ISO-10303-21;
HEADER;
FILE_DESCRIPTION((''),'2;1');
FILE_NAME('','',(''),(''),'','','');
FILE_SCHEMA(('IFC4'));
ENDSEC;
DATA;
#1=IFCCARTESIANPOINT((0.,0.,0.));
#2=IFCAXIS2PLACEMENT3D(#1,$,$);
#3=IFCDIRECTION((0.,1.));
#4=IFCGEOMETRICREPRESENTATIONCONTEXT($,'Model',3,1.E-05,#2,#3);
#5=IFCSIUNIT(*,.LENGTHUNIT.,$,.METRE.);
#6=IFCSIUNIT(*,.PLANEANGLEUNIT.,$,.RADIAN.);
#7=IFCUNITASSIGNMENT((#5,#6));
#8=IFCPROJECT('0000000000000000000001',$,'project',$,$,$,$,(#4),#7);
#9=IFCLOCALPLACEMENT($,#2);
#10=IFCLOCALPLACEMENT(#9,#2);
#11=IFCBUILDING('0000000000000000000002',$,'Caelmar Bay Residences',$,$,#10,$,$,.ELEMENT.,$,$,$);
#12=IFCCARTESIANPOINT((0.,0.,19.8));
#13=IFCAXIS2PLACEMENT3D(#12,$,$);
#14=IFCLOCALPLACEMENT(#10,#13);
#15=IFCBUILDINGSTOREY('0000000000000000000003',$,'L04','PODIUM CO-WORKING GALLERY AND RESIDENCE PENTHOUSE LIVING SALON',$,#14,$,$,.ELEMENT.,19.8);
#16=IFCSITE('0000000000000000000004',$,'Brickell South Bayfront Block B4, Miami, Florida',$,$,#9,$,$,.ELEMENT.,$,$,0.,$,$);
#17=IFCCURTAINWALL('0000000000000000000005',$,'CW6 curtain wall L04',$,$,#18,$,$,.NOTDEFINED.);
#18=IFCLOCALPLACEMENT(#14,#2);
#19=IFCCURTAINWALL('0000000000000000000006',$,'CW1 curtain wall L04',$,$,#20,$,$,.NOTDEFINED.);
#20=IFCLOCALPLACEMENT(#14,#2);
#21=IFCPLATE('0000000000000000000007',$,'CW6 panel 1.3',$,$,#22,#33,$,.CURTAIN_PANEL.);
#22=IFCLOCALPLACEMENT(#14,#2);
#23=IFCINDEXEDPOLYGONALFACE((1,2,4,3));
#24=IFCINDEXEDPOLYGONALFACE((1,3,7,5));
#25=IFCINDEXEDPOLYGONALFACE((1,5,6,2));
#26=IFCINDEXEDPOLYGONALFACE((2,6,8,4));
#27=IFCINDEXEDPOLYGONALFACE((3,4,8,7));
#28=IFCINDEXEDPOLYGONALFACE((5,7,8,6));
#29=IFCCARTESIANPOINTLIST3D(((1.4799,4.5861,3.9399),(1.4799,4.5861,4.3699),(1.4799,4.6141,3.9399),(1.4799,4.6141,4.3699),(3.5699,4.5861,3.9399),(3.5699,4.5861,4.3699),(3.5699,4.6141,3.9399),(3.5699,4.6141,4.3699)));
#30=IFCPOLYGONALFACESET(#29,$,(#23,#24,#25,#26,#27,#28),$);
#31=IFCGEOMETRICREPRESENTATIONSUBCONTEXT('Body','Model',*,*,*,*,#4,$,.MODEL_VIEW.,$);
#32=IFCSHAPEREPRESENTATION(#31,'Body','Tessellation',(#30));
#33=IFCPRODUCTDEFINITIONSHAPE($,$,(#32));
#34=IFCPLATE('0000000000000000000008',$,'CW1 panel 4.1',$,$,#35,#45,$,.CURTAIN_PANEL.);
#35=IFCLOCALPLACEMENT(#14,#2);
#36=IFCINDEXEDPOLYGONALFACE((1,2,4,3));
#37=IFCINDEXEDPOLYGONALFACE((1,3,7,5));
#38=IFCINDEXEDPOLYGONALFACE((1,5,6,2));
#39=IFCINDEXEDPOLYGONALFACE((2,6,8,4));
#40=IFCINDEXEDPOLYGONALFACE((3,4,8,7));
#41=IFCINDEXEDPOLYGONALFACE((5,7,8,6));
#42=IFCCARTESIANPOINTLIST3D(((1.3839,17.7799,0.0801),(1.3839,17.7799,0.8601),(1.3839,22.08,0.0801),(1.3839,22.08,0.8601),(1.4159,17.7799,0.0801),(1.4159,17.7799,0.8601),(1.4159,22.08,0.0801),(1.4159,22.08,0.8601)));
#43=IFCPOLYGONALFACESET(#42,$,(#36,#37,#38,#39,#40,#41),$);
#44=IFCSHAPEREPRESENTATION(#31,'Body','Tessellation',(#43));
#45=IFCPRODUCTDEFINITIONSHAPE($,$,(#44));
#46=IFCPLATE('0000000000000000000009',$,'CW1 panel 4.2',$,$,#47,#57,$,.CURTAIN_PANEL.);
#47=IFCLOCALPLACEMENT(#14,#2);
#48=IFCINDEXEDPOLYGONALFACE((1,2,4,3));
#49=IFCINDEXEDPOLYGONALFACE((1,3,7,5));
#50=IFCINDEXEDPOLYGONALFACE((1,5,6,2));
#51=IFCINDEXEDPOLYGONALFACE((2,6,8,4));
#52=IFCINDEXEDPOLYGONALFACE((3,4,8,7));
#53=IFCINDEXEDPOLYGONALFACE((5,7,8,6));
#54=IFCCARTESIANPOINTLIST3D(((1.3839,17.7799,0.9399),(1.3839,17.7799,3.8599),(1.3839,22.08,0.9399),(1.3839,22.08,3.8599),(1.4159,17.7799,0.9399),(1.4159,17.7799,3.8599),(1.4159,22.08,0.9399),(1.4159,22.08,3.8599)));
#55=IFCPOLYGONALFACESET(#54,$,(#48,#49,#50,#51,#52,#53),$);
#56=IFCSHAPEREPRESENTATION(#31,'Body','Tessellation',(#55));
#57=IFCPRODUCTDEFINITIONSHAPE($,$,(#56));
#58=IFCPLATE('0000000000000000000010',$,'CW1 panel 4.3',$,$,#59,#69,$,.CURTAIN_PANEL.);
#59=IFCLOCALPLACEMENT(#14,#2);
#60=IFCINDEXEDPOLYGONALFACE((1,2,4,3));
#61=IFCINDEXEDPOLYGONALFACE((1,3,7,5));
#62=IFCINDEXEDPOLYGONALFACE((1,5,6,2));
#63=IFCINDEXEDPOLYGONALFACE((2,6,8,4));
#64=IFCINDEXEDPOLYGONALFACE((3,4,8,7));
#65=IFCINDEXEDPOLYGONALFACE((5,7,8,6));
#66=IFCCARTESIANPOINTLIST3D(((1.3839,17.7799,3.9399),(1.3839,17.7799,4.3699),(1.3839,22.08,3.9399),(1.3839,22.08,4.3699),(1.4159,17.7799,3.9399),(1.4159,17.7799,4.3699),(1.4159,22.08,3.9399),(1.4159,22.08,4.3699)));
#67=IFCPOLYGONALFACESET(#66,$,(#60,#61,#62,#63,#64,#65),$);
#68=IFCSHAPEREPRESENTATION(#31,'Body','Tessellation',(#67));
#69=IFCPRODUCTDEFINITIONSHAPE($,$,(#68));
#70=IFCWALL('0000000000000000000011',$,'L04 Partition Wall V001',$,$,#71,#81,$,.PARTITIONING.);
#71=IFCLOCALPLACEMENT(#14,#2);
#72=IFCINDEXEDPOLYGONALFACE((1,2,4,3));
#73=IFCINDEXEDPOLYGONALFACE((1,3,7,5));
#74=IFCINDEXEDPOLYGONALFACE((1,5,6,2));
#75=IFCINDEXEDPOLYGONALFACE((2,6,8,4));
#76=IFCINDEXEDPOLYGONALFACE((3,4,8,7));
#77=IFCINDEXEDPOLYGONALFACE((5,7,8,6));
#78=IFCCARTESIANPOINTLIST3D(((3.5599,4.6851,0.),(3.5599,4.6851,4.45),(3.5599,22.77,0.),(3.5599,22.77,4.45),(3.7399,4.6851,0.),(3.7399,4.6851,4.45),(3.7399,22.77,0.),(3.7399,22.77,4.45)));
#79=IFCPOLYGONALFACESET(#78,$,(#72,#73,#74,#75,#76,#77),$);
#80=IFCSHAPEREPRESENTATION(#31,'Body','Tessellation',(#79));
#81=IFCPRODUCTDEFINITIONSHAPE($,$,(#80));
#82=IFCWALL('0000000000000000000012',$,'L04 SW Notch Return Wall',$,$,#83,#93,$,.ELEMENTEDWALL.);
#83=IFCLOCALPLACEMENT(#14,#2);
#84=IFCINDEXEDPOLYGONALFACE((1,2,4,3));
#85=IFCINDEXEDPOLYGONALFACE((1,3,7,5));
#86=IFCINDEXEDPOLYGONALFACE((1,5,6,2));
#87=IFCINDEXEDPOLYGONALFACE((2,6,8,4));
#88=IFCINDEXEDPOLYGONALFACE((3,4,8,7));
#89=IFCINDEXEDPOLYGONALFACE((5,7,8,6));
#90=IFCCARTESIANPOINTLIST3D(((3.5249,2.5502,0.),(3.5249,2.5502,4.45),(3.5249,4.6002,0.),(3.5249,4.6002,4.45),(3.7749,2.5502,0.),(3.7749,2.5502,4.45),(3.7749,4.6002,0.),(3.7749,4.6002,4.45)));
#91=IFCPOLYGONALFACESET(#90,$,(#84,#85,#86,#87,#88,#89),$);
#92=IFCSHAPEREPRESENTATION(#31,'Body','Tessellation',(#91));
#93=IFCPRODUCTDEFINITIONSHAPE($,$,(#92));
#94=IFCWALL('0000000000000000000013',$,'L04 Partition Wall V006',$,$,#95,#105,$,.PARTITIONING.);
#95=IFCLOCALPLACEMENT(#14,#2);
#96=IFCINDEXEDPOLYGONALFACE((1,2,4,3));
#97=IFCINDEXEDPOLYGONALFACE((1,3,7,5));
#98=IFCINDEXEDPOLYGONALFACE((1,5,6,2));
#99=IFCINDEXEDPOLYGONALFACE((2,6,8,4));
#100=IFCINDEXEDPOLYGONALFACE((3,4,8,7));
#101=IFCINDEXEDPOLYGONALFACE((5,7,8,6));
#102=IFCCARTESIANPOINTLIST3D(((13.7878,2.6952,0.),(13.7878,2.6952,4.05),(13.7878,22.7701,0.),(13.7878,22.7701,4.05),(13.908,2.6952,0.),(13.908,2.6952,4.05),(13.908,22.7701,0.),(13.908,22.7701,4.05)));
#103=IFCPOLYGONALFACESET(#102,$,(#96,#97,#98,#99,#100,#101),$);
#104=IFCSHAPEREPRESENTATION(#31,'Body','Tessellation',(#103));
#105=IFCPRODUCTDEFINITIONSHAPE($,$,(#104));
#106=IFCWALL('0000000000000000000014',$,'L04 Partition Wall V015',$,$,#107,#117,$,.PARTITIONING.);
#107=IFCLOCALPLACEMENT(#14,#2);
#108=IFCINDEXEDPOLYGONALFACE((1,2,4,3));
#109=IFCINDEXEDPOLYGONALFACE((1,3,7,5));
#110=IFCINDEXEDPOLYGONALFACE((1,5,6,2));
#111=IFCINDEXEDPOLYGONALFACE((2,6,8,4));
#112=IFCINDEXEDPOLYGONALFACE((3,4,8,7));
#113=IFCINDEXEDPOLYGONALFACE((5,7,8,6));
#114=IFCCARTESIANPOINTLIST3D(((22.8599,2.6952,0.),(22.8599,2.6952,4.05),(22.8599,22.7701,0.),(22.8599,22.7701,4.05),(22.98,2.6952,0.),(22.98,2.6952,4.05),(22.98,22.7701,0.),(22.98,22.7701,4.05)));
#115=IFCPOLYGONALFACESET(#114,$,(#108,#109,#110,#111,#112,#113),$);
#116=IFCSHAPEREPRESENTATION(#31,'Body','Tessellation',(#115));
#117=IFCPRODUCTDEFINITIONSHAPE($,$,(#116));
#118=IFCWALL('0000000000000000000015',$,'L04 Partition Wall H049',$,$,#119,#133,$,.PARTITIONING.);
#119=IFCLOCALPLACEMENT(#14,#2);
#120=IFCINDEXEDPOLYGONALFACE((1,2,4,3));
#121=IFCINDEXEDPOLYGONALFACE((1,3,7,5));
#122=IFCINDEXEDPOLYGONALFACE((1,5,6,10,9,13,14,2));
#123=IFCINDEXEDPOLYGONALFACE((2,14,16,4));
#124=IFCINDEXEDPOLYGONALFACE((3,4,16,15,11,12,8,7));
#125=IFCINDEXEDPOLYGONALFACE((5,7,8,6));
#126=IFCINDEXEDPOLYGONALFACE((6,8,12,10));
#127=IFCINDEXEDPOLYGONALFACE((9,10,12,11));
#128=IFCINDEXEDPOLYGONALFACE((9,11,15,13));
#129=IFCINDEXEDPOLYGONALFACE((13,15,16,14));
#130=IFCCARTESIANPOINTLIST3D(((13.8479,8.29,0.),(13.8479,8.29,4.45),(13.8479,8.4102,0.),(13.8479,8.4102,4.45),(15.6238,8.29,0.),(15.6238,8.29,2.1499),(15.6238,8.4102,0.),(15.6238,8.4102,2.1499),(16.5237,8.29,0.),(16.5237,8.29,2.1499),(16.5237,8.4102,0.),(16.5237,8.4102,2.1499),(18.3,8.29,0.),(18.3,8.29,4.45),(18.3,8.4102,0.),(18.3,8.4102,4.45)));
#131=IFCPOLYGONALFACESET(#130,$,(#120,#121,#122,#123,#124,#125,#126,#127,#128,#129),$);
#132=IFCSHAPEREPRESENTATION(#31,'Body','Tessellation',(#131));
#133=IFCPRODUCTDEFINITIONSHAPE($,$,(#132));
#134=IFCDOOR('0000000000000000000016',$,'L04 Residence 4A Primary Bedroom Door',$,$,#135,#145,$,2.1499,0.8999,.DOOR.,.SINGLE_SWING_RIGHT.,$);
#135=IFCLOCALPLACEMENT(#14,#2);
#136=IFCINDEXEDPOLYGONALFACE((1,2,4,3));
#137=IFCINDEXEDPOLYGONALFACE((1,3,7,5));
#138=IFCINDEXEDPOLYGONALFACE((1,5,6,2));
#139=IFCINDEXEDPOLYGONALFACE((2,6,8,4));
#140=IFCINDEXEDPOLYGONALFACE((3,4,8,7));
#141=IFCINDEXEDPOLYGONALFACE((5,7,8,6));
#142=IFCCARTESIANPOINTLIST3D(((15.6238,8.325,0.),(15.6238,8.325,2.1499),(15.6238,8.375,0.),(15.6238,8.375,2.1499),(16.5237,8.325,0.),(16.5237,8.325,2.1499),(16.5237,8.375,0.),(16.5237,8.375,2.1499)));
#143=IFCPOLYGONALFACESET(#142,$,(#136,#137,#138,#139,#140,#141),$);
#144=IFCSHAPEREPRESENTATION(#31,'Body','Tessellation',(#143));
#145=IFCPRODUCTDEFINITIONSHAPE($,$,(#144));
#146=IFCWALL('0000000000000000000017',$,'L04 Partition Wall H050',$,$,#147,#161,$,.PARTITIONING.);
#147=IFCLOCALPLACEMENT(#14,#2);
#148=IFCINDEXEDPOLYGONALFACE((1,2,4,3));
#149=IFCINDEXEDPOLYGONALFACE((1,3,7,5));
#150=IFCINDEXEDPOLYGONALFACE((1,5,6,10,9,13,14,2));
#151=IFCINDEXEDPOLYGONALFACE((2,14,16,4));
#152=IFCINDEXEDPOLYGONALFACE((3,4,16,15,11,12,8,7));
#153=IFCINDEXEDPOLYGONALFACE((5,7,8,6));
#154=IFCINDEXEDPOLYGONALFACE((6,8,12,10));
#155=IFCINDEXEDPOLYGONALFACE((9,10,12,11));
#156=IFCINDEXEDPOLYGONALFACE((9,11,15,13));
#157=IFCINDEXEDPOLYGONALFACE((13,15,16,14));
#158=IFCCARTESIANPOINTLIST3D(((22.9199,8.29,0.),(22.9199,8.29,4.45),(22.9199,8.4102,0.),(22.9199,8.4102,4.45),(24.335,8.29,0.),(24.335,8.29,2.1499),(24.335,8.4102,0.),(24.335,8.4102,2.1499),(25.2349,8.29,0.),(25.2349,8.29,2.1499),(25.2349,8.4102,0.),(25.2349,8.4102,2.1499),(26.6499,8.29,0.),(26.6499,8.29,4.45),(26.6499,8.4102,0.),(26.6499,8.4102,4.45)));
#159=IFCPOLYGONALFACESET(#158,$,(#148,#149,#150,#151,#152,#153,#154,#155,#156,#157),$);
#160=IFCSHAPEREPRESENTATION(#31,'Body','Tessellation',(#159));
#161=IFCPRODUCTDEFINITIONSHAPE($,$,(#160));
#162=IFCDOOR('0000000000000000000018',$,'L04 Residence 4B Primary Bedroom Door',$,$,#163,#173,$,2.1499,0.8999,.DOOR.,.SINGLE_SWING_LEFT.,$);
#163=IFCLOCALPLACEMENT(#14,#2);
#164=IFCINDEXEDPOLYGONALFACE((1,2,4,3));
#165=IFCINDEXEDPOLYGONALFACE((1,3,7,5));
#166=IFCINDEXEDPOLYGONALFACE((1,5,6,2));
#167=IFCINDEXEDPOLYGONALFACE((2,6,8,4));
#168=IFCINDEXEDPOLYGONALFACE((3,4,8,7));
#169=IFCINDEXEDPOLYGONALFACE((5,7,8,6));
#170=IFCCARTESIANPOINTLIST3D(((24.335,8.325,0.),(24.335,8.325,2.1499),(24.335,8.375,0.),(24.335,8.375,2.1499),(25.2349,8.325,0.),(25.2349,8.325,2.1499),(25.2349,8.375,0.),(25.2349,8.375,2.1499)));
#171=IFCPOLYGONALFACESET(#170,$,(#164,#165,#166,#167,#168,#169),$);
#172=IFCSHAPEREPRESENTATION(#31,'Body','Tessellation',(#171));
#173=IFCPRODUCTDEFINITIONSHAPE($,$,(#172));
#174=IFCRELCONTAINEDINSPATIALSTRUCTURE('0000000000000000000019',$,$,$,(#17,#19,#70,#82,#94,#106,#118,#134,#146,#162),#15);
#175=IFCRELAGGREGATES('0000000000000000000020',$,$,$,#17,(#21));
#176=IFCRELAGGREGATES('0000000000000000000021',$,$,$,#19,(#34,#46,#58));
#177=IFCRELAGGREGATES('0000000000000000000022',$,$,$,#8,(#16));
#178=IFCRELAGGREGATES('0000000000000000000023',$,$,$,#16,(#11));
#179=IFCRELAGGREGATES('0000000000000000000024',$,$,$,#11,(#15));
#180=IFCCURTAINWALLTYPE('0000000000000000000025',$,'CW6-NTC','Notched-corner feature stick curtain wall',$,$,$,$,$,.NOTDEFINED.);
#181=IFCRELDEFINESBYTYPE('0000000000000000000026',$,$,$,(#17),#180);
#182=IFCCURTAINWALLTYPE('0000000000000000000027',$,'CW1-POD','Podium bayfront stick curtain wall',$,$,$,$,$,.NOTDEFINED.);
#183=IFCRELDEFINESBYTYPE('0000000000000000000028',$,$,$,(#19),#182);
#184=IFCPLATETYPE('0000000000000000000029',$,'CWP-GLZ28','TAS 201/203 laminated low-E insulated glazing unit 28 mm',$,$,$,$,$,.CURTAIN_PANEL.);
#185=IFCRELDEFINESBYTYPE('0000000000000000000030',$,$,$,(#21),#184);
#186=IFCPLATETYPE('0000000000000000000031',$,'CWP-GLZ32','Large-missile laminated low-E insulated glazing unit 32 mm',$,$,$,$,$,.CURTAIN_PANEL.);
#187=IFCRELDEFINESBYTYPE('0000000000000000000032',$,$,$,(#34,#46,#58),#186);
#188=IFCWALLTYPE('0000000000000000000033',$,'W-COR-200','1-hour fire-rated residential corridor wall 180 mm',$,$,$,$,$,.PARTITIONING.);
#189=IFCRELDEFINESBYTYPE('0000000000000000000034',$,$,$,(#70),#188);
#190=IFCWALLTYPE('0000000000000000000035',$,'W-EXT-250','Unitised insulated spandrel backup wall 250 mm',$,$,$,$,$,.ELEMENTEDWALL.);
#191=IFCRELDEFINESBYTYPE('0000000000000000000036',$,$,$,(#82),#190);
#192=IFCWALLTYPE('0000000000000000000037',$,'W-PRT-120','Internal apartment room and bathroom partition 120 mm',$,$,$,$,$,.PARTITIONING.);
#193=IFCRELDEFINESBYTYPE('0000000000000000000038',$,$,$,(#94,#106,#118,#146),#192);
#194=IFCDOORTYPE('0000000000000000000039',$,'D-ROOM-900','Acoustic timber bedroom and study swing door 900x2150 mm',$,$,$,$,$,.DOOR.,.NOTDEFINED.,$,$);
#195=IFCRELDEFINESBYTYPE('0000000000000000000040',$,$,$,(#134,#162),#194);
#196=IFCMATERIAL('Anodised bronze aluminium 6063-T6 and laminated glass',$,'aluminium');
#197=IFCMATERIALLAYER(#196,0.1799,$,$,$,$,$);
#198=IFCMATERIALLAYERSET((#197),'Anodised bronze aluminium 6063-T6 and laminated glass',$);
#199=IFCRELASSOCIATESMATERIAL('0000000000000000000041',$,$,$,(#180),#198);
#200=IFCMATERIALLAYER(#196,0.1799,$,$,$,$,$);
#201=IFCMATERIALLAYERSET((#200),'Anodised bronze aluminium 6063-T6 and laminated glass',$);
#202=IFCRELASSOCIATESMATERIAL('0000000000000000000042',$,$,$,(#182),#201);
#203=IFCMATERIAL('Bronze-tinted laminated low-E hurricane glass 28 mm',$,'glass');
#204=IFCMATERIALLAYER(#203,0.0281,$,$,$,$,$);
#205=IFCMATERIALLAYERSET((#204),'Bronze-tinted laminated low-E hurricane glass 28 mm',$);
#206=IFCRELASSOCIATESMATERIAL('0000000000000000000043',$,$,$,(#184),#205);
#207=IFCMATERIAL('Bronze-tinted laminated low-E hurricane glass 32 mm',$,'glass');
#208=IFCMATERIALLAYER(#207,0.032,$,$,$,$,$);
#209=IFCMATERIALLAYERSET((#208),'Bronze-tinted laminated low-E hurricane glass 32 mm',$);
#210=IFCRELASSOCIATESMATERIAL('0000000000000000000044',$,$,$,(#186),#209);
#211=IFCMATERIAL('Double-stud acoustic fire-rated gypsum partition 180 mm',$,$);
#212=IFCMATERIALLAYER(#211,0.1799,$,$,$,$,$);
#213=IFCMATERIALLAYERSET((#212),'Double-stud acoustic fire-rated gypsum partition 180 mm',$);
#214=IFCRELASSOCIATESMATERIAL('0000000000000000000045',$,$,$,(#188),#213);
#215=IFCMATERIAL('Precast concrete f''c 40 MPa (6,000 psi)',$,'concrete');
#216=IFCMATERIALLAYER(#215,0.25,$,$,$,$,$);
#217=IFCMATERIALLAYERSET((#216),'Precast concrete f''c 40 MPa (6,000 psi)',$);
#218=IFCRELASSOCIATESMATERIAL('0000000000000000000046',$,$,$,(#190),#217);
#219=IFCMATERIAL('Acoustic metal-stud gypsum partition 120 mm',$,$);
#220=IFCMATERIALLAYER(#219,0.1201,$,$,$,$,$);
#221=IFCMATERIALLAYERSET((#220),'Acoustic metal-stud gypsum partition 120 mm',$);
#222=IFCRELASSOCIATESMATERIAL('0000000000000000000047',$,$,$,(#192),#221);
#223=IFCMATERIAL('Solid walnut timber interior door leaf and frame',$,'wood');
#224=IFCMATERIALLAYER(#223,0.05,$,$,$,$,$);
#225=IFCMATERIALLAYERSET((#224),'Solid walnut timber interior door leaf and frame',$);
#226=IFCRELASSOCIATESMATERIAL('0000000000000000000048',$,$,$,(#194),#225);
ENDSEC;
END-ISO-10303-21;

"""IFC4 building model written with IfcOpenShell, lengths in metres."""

from ifc_helpers import new_model, si_unit, direction, frame, frame_2d, origin, origin_2d, place, context, subcontext, project, spatial, rectangle, extrude, material, layer, layer_set, type_object, element, fill, aggregate, save


model = new_model("IFC4")

# Units and contexts
model_context = context("Model", 3, precision=1e-05, world=origin(), true_north=direction((0.0, 1.0)))
body_context = subcontext(model_context, "Body", "Model", "MODEL_VIEW")
ifc_project = project(units=[si_unit("LENGTHUNIT", "METRE"), si_unit("PLANEANGLEUNIT", "RADIAN")], contexts=[model_context])

# Site, building, storey
site_placement = place(None, origin())
site = spatial("IfcSite", under=ifc_project, at=site_placement, Name="Brickell South Bayfront Block B4, Miami, Florida", CompositionType="ELEMENT", RefElevation=0.0)
building_placement = place(site_placement, origin())
building = spatial("IfcBuilding", under=site, at=building_placement, Name="Caelmar Bay Residences", CompositionType="ELEMENT")
storey_placement = place(building_placement, frame((0.0, 0.0, 19.8)))
storey = spatial("IfcBuildingStorey", under=building, at=storey_placement, Name="L04", Description="PODIUM CO-WORKING GALLERY AND RESIDENCE PENTHOUSE LIVING SALON", CompositionType="ELEMENT", Elevation=19.8)

# Curtain walls
ifc_material_1 = material(Name="Anodised bronze aluminium 6063-T6 and laminated glass", Category="aluminium")
ifc_layer_1 = layer(ifc_material_1, 0.1799)
ifc_layer_set_1 = layer_set([ifc_layer_1], Name="Anodised bronze aluminium 6063-T6 and laminated glass")
curtain_wall_type_1 = type_object("IfcCurtainWallType", Name="CW6-NTC", Description="Notched-corner feature stick curtain wall", PredefinedType="NOTDEFINED", material=ifc_layer_set_1)
curtain_wall_1_placement = place(storey_placement, origin())
curtain_wall_1 = element("IfcCurtainWall", 1, at=curtain_wall_1_placement, inside=storey, type_object=curtain_wall_type_1, Name="CW6 curtain wall L04", PredefinedType="NOTDEFINED")
ifc_layer_2 = layer(ifc_material_1, 0.1799)
ifc_layer_set_2 = layer_set([ifc_layer_2], Name="Anodised bronze aluminium 6063-T6 and laminated glass")
curtain_wall_type_2 = type_object("IfcCurtainWallType", Name="CW1-POD", Description="Podium bayfront stick curtain wall", PredefinedType="NOTDEFINED", material=ifc_layer_set_2)
curtain_wall_2_placement = place(storey_placement, origin())
curtain_wall_2 = element("IfcCurtainWall", 2, at=curtain_wall_2_placement, inside=storey, type_object=curtain_wall_type_2, Name="CW1 curtain wall L04", PredefinedType="NOTDEFINED")

# Plates
ifc_material_2 = material(Name="Bronze-tinted laminated low-E hurricane glass 28 mm", Category="glass")
ifc_layer_3 = layer(ifc_material_2, 0.0281)
ifc_layer_set_3 = layer_set([ifc_layer_3], Name="Bronze-tinted laminated low-E hurricane glass 28 mm")
plate_type_1 = type_object("IfcPlateType", Name="CWP-GLZ28", Description="TAS 201/203 laminated low-E insulated glazing unit 28 mm", PredefinedType="CURTAIN_PANEL", material=ifc_layer_set_3)
plate_1_placement = place(storey_placement, frame((2.5249, 4.6001, 3.9399), z_axis=(0.0, 0.0, 1.0), x_axis=(1.0, 0.0, 0.0)))
plate_1 = element("IfcPlate", 3, at=plate_1_placement, type_object=plate_type_1, Name="CW6 panel 1.3", PredefinedType="CURTAIN_PANEL", context=body_context, shape_type="SweptSolid", body=[
    extrude(rectangle(XDim=2.0901, YDim=0.0281, at=origin_2d()), origin(), (0.0, 0.0, 1.0), 0.4299),
])
aggregate(curtain_wall_1, [plate_1])
ifc_material_3 = material(Name="Bronze-tinted laminated low-E hurricane glass 32 mm", Category="glass")
ifc_layer_4 = layer(ifc_material_3, 0.032)
ifc_layer_set_4 = layer_set([ifc_layer_4], Name="Bronze-tinted laminated low-E hurricane glass 32 mm")
plate_type_2 = type_object("IfcPlateType", Name="CWP-GLZ32", Description="Large-missile laminated low-E insulated glazing unit 32 mm", PredefinedType="CURTAIN_PANEL", material=ifc_layer_set_4)
plate_2_placement = place(storey_placement, frame((1.3999, 19.9299, 0.0801), z_axis=(0.0, 0.0, 1.0), x_axis=(0.0, 1.0, 0.0)))
plate_2 = element("IfcPlate", 4, at=plate_2_placement, type_object=plate_type_2, Name="CW1 panel 4.1", PredefinedType="CURTAIN_PANEL", context=body_context, shape_type="SweptSolid", body=[
    extrude(rectangle(XDim=4.3, YDim=0.032, at=origin_2d()), origin(), (0.0, 0.0, 1.0), 0.78),
])
plate_3_placement = place(storey_placement, frame((1.3999, 19.9299, 0.9399), z_axis=(0.0, 0.0, 1.0), x_axis=(0.0, 1.0, 0.0)))
plate_3 = element("IfcPlate", 5, at=plate_3_placement, type_object=plate_type_2, Name="CW1 panel 4.2", PredefinedType="CURTAIN_PANEL", context=body_context, shape_type="SweptSolid", body=[
    extrude(rectangle(XDim=4.3, YDim=0.032, at=origin_2d()), origin(), (0.0, 0.0, 1.0), 2.9199),
])
plate_4_placement = place(storey_placement, frame((1.3999, 19.9299, 3.9399), z_axis=(0.0, 0.0, 1.0), x_axis=(0.0, 1.0, 0.0)))
plate_4 = element("IfcPlate", 6, at=plate_4_placement, type_object=plate_type_2, Name="CW1 panel 4.3", PredefinedType="CURTAIN_PANEL", context=body_context, shape_type="SweptSolid", body=[
    extrude(rectangle(XDim=4.3, YDim=0.032, at=origin_2d()), origin(), (0.0, 0.0, 1.0), 0.4299),
])
aggregate(curtain_wall_2, [plate_2, plate_3, plate_4])

# Walls
ifc_material_4 = material(Name="Double-stud acoustic fire-rated gypsum partition 180 mm")
ifc_layer_5 = layer(ifc_material_4, 0.1799)
ifc_layer_set_5 = layer_set([ifc_layer_5], Name="Double-stud acoustic fire-rated gypsum partition 180 mm")
wall_type_1 = type_object("IfcWallType", Name="W-COR-200", Description="1-hour fire-rated residential corridor wall 180 mm", PredefinedType="PARTITIONING", material=ifc_layer_set_5)
wall_1_placement = place(storey_placement, frame((3.6499, 4.6851, 0.0), z_axis=(0.0, 0.0, 1.0), x_axis=(0.0, 1.0, 0.0)))
element("IfcWall", 7, at=wall_1_placement, inside=storey, type_object=wall_type_1, Name="L04 Partition Wall V001", PredefinedType="PARTITIONING", context=body_context, shape_type="SweptSolid", body=[
    extrude(rectangle(XDim=18.085, YDim=0.1799, at=frame_2d((9.0425, 0.0))), origin(), (0.0, 0.0, 1.0), 4.45),
])
ifc_material_5 = material(Name="Precast concrete f'c 40 MPa (6,000 psi)", Category="concrete")
ifc_layer_6 = layer(ifc_material_5, 0.25)
ifc_layer_set_6 = layer_set([ifc_layer_6], Name="Precast concrete f'c 40 MPa (6,000 psi)")
wall_type_2 = type_object("IfcWallType", Name="W-EXT-250", Description="Unitised insulated spandrel backup wall 250 mm", PredefinedType="ELEMENTEDWALL", material=ifc_layer_set_6)
wall_2_placement = place(storey_placement, frame((3.6499, 4.6001, 0.0), z_axis=(0.0, 0.0, 1.0), x_axis=(0.0, -1.0, 0.0)))
element("IfcWall", 8, at=wall_2_placement, inside=storey, type_object=wall_type_2, Name="L04 SW Notch Return Wall", PredefinedType="ELEMENTEDWALL", context=body_context, shape_type="SweptSolid", body=[
    extrude(rectangle(XDim=2.05, YDim=0.25, at=frame_2d((1.0249, 0.0))), origin(), (0.0, 0.0, 1.0), 4.45),
])
ifc_material_6 = material(Name="Acoustic metal-stud gypsum partition 120 mm")
ifc_layer_7 = layer(ifc_material_6, 0.1201)
ifc_layer_set_7 = layer_set([ifc_layer_7], Name="Acoustic metal-stud gypsum partition 120 mm")
wall_type_3 = type_object("IfcWallType", Name="W-PRT-120", Description="Internal apartment room and bathroom partition 120 mm", PredefinedType="PARTITIONING", material=ifc_layer_set_7)
for number, where, z_axis, x_axis, name in (
    (9, (13.8479, 2.6951, 0.0), (0.0, 0.0, 1.0), (0.0, 1.0, 0.0), "L04 Partition Wall V006"),
    (10, (22.9199, 2.6951, 0.0), (0.0, 0.0, 1.0), (0.0, 1.0, 0.0), "L04 Partition Wall V015"),
):
    element("IfcWall", number, at=place(storey_placement, frame(where, z_axis=z_axis, x_axis=x_axis)), inside=storey, type_object=wall_type_3, Name=name, PredefinedType="PARTITIONING", context=body_context, shape_type="SweptSolid", body=[
        extrude(rectangle(XDim=20.075, YDim=0.1201, at=frame_2d((10.0376, 0.0))), origin(), (0.0, 0.0, 1.0), 4.05),
    ])

# Walls, openings, doors
wall_3_placement = place(storey_placement, frame((13.8479, 8.3501, 0.0), z_axis=(0.0, 0.0, 1.0), x_axis=(1.0, 0.0, 0.0)))
wall_3 = element("IfcWall", 11, at=wall_3_placement, inside=storey, type_object=wall_type_3, Name="L04 Partition Wall H049", PredefinedType="PARTITIONING", context=body_context, shape_type="SweptSolid", body=[
    extrude(rectangle(XDim=4.4521, YDim=0.1201, at=frame_2d((2.2261, 0.0))), origin(), (0.0, 0.0, 1.0), 4.45),
])
opening_1_placement = place(wall_3_placement, frame((1.7759, 0.0, 0.0)))
opening_1 = element("IfcOpeningElement", 12, at=opening_1_placement, cuts=wall_3, PredefinedType="OPENING", context=body_context, shape_type="SweptSolid", body=[
    extrude(rectangle(XDim=0.8999, YDim=2.1499, at=frame_2d((0.45, 1.075))), frame((0.0, 0.0701, 0.0), z_axis=(0.0, -1.0, 0.0), x_axis=(1.0, 0.0, 0.0)), (0.0, 0.0, 1.0), 0.1401),
])
ifc_material_7 = material(Name="Solid walnut timber interior door leaf and frame", Category="wood")
ifc_layer_8 = layer(ifc_material_7, 0.05)
ifc_layer_set_8 = layer_set([ifc_layer_8], Name="Solid walnut timber interior door leaf and frame")
door_type = type_object("IfcDoorType", Name="D-ROOM-900", Description="Acoustic timber bedroom and study swing door 900x2150 mm", OperationType="NOTDEFINED", PredefinedType="DOOR", material=ifc_layer_set_8)
door_1_placement = place(opening_1_placement, origin())
door_1 = element("IfcDoor", 13, at=door_1_placement, inside=storey, type_object=door_type, Name="L04 Residence 4A Primary Bedroom Door", OperationType="SINGLE_SWING_RIGHT", OverallHeight=2.1499, OverallWidth=0.8999, PredefinedType="DOOR", context=body_context, shape_type="SweptSolid", body=[
    extrude(rectangle(XDim=0.8999, YDim=2.1499, at=frame_2d((0.45, 1.075))), frame((0.0, 0.0249, 0.0), z_axis=(0.0, -1.0, 0.0), x_axis=(1.0, 0.0, 0.0)), (0.0, 0.0, 1.0), 0.05),
])
fill(opening_1, door_1)
wall_4_placement = place(storey_placement, frame((22.9199, 8.3501, 0.0), z_axis=(0.0, 0.0, 1.0), x_axis=(1.0, 0.0, 0.0)))
wall_4 = element("IfcWall", 14, at=wall_4_placement, inside=storey, type_object=wall_type_3, Name="L04 Partition Wall H050", PredefinedType="PARTITIONING", context=body_context, shape_type="SweptSolid", body=[
    extrude(rectangle(XDim=3.73, YDim=0.1201, at=frame_2d((1.865, 0.0))), origin(), (0.0, 0.0, 1.0), 4.45),
])
opening_2_placement = place(wall_4_placement, frame((1.415, 0.0, 0.0)))
opening_2 = element("IfcOpeningElement", 15, at=opening_2_placement, cuts=wall_4, PredefinedType="OPENING", context=body_context, shape_type="SweptSolid", body=[
    extrude(rectangle(XDim=0.8999, YDim=2.1499, at=frame_2d((0.45, 1.075))), frame((0.0, 0.0701, 0.0), z_axis=(0.0, -1.0, 0.0), x_axis=(1.0, 0.0, 0.0)), (0.0, 0.0, 1.0), 0.1401),
])
door_2_placement = place(opening_2_placement, origin())
door_2 = element("IfcDoor", 16, at=door_2_placement, inside=storey, type_object=door_type, Name="L04 Residence 4B Primary Bedroom Door", OperationType="SINGLE_SWING_LEFT", OverallHeight=2.1499, OverallWidth=0.8999, PredefinedType="DOOR", context=body_context, shape_type="SweptSolid", body=[
    extrude(rectangle(XDim=0.8999, YDim=2.1499, at=frame_2d((0.45, 1.075))), frame((0.0, 0.0249, 0.0), z_axis=(0.0, -1.0, 0.0), x_axis=(1.0, 0.0, 0.0)), (0.0, 0.0, 1.0), 0.05),
])
fill(opening_2, door_2)

save(model, "model.ifc")
